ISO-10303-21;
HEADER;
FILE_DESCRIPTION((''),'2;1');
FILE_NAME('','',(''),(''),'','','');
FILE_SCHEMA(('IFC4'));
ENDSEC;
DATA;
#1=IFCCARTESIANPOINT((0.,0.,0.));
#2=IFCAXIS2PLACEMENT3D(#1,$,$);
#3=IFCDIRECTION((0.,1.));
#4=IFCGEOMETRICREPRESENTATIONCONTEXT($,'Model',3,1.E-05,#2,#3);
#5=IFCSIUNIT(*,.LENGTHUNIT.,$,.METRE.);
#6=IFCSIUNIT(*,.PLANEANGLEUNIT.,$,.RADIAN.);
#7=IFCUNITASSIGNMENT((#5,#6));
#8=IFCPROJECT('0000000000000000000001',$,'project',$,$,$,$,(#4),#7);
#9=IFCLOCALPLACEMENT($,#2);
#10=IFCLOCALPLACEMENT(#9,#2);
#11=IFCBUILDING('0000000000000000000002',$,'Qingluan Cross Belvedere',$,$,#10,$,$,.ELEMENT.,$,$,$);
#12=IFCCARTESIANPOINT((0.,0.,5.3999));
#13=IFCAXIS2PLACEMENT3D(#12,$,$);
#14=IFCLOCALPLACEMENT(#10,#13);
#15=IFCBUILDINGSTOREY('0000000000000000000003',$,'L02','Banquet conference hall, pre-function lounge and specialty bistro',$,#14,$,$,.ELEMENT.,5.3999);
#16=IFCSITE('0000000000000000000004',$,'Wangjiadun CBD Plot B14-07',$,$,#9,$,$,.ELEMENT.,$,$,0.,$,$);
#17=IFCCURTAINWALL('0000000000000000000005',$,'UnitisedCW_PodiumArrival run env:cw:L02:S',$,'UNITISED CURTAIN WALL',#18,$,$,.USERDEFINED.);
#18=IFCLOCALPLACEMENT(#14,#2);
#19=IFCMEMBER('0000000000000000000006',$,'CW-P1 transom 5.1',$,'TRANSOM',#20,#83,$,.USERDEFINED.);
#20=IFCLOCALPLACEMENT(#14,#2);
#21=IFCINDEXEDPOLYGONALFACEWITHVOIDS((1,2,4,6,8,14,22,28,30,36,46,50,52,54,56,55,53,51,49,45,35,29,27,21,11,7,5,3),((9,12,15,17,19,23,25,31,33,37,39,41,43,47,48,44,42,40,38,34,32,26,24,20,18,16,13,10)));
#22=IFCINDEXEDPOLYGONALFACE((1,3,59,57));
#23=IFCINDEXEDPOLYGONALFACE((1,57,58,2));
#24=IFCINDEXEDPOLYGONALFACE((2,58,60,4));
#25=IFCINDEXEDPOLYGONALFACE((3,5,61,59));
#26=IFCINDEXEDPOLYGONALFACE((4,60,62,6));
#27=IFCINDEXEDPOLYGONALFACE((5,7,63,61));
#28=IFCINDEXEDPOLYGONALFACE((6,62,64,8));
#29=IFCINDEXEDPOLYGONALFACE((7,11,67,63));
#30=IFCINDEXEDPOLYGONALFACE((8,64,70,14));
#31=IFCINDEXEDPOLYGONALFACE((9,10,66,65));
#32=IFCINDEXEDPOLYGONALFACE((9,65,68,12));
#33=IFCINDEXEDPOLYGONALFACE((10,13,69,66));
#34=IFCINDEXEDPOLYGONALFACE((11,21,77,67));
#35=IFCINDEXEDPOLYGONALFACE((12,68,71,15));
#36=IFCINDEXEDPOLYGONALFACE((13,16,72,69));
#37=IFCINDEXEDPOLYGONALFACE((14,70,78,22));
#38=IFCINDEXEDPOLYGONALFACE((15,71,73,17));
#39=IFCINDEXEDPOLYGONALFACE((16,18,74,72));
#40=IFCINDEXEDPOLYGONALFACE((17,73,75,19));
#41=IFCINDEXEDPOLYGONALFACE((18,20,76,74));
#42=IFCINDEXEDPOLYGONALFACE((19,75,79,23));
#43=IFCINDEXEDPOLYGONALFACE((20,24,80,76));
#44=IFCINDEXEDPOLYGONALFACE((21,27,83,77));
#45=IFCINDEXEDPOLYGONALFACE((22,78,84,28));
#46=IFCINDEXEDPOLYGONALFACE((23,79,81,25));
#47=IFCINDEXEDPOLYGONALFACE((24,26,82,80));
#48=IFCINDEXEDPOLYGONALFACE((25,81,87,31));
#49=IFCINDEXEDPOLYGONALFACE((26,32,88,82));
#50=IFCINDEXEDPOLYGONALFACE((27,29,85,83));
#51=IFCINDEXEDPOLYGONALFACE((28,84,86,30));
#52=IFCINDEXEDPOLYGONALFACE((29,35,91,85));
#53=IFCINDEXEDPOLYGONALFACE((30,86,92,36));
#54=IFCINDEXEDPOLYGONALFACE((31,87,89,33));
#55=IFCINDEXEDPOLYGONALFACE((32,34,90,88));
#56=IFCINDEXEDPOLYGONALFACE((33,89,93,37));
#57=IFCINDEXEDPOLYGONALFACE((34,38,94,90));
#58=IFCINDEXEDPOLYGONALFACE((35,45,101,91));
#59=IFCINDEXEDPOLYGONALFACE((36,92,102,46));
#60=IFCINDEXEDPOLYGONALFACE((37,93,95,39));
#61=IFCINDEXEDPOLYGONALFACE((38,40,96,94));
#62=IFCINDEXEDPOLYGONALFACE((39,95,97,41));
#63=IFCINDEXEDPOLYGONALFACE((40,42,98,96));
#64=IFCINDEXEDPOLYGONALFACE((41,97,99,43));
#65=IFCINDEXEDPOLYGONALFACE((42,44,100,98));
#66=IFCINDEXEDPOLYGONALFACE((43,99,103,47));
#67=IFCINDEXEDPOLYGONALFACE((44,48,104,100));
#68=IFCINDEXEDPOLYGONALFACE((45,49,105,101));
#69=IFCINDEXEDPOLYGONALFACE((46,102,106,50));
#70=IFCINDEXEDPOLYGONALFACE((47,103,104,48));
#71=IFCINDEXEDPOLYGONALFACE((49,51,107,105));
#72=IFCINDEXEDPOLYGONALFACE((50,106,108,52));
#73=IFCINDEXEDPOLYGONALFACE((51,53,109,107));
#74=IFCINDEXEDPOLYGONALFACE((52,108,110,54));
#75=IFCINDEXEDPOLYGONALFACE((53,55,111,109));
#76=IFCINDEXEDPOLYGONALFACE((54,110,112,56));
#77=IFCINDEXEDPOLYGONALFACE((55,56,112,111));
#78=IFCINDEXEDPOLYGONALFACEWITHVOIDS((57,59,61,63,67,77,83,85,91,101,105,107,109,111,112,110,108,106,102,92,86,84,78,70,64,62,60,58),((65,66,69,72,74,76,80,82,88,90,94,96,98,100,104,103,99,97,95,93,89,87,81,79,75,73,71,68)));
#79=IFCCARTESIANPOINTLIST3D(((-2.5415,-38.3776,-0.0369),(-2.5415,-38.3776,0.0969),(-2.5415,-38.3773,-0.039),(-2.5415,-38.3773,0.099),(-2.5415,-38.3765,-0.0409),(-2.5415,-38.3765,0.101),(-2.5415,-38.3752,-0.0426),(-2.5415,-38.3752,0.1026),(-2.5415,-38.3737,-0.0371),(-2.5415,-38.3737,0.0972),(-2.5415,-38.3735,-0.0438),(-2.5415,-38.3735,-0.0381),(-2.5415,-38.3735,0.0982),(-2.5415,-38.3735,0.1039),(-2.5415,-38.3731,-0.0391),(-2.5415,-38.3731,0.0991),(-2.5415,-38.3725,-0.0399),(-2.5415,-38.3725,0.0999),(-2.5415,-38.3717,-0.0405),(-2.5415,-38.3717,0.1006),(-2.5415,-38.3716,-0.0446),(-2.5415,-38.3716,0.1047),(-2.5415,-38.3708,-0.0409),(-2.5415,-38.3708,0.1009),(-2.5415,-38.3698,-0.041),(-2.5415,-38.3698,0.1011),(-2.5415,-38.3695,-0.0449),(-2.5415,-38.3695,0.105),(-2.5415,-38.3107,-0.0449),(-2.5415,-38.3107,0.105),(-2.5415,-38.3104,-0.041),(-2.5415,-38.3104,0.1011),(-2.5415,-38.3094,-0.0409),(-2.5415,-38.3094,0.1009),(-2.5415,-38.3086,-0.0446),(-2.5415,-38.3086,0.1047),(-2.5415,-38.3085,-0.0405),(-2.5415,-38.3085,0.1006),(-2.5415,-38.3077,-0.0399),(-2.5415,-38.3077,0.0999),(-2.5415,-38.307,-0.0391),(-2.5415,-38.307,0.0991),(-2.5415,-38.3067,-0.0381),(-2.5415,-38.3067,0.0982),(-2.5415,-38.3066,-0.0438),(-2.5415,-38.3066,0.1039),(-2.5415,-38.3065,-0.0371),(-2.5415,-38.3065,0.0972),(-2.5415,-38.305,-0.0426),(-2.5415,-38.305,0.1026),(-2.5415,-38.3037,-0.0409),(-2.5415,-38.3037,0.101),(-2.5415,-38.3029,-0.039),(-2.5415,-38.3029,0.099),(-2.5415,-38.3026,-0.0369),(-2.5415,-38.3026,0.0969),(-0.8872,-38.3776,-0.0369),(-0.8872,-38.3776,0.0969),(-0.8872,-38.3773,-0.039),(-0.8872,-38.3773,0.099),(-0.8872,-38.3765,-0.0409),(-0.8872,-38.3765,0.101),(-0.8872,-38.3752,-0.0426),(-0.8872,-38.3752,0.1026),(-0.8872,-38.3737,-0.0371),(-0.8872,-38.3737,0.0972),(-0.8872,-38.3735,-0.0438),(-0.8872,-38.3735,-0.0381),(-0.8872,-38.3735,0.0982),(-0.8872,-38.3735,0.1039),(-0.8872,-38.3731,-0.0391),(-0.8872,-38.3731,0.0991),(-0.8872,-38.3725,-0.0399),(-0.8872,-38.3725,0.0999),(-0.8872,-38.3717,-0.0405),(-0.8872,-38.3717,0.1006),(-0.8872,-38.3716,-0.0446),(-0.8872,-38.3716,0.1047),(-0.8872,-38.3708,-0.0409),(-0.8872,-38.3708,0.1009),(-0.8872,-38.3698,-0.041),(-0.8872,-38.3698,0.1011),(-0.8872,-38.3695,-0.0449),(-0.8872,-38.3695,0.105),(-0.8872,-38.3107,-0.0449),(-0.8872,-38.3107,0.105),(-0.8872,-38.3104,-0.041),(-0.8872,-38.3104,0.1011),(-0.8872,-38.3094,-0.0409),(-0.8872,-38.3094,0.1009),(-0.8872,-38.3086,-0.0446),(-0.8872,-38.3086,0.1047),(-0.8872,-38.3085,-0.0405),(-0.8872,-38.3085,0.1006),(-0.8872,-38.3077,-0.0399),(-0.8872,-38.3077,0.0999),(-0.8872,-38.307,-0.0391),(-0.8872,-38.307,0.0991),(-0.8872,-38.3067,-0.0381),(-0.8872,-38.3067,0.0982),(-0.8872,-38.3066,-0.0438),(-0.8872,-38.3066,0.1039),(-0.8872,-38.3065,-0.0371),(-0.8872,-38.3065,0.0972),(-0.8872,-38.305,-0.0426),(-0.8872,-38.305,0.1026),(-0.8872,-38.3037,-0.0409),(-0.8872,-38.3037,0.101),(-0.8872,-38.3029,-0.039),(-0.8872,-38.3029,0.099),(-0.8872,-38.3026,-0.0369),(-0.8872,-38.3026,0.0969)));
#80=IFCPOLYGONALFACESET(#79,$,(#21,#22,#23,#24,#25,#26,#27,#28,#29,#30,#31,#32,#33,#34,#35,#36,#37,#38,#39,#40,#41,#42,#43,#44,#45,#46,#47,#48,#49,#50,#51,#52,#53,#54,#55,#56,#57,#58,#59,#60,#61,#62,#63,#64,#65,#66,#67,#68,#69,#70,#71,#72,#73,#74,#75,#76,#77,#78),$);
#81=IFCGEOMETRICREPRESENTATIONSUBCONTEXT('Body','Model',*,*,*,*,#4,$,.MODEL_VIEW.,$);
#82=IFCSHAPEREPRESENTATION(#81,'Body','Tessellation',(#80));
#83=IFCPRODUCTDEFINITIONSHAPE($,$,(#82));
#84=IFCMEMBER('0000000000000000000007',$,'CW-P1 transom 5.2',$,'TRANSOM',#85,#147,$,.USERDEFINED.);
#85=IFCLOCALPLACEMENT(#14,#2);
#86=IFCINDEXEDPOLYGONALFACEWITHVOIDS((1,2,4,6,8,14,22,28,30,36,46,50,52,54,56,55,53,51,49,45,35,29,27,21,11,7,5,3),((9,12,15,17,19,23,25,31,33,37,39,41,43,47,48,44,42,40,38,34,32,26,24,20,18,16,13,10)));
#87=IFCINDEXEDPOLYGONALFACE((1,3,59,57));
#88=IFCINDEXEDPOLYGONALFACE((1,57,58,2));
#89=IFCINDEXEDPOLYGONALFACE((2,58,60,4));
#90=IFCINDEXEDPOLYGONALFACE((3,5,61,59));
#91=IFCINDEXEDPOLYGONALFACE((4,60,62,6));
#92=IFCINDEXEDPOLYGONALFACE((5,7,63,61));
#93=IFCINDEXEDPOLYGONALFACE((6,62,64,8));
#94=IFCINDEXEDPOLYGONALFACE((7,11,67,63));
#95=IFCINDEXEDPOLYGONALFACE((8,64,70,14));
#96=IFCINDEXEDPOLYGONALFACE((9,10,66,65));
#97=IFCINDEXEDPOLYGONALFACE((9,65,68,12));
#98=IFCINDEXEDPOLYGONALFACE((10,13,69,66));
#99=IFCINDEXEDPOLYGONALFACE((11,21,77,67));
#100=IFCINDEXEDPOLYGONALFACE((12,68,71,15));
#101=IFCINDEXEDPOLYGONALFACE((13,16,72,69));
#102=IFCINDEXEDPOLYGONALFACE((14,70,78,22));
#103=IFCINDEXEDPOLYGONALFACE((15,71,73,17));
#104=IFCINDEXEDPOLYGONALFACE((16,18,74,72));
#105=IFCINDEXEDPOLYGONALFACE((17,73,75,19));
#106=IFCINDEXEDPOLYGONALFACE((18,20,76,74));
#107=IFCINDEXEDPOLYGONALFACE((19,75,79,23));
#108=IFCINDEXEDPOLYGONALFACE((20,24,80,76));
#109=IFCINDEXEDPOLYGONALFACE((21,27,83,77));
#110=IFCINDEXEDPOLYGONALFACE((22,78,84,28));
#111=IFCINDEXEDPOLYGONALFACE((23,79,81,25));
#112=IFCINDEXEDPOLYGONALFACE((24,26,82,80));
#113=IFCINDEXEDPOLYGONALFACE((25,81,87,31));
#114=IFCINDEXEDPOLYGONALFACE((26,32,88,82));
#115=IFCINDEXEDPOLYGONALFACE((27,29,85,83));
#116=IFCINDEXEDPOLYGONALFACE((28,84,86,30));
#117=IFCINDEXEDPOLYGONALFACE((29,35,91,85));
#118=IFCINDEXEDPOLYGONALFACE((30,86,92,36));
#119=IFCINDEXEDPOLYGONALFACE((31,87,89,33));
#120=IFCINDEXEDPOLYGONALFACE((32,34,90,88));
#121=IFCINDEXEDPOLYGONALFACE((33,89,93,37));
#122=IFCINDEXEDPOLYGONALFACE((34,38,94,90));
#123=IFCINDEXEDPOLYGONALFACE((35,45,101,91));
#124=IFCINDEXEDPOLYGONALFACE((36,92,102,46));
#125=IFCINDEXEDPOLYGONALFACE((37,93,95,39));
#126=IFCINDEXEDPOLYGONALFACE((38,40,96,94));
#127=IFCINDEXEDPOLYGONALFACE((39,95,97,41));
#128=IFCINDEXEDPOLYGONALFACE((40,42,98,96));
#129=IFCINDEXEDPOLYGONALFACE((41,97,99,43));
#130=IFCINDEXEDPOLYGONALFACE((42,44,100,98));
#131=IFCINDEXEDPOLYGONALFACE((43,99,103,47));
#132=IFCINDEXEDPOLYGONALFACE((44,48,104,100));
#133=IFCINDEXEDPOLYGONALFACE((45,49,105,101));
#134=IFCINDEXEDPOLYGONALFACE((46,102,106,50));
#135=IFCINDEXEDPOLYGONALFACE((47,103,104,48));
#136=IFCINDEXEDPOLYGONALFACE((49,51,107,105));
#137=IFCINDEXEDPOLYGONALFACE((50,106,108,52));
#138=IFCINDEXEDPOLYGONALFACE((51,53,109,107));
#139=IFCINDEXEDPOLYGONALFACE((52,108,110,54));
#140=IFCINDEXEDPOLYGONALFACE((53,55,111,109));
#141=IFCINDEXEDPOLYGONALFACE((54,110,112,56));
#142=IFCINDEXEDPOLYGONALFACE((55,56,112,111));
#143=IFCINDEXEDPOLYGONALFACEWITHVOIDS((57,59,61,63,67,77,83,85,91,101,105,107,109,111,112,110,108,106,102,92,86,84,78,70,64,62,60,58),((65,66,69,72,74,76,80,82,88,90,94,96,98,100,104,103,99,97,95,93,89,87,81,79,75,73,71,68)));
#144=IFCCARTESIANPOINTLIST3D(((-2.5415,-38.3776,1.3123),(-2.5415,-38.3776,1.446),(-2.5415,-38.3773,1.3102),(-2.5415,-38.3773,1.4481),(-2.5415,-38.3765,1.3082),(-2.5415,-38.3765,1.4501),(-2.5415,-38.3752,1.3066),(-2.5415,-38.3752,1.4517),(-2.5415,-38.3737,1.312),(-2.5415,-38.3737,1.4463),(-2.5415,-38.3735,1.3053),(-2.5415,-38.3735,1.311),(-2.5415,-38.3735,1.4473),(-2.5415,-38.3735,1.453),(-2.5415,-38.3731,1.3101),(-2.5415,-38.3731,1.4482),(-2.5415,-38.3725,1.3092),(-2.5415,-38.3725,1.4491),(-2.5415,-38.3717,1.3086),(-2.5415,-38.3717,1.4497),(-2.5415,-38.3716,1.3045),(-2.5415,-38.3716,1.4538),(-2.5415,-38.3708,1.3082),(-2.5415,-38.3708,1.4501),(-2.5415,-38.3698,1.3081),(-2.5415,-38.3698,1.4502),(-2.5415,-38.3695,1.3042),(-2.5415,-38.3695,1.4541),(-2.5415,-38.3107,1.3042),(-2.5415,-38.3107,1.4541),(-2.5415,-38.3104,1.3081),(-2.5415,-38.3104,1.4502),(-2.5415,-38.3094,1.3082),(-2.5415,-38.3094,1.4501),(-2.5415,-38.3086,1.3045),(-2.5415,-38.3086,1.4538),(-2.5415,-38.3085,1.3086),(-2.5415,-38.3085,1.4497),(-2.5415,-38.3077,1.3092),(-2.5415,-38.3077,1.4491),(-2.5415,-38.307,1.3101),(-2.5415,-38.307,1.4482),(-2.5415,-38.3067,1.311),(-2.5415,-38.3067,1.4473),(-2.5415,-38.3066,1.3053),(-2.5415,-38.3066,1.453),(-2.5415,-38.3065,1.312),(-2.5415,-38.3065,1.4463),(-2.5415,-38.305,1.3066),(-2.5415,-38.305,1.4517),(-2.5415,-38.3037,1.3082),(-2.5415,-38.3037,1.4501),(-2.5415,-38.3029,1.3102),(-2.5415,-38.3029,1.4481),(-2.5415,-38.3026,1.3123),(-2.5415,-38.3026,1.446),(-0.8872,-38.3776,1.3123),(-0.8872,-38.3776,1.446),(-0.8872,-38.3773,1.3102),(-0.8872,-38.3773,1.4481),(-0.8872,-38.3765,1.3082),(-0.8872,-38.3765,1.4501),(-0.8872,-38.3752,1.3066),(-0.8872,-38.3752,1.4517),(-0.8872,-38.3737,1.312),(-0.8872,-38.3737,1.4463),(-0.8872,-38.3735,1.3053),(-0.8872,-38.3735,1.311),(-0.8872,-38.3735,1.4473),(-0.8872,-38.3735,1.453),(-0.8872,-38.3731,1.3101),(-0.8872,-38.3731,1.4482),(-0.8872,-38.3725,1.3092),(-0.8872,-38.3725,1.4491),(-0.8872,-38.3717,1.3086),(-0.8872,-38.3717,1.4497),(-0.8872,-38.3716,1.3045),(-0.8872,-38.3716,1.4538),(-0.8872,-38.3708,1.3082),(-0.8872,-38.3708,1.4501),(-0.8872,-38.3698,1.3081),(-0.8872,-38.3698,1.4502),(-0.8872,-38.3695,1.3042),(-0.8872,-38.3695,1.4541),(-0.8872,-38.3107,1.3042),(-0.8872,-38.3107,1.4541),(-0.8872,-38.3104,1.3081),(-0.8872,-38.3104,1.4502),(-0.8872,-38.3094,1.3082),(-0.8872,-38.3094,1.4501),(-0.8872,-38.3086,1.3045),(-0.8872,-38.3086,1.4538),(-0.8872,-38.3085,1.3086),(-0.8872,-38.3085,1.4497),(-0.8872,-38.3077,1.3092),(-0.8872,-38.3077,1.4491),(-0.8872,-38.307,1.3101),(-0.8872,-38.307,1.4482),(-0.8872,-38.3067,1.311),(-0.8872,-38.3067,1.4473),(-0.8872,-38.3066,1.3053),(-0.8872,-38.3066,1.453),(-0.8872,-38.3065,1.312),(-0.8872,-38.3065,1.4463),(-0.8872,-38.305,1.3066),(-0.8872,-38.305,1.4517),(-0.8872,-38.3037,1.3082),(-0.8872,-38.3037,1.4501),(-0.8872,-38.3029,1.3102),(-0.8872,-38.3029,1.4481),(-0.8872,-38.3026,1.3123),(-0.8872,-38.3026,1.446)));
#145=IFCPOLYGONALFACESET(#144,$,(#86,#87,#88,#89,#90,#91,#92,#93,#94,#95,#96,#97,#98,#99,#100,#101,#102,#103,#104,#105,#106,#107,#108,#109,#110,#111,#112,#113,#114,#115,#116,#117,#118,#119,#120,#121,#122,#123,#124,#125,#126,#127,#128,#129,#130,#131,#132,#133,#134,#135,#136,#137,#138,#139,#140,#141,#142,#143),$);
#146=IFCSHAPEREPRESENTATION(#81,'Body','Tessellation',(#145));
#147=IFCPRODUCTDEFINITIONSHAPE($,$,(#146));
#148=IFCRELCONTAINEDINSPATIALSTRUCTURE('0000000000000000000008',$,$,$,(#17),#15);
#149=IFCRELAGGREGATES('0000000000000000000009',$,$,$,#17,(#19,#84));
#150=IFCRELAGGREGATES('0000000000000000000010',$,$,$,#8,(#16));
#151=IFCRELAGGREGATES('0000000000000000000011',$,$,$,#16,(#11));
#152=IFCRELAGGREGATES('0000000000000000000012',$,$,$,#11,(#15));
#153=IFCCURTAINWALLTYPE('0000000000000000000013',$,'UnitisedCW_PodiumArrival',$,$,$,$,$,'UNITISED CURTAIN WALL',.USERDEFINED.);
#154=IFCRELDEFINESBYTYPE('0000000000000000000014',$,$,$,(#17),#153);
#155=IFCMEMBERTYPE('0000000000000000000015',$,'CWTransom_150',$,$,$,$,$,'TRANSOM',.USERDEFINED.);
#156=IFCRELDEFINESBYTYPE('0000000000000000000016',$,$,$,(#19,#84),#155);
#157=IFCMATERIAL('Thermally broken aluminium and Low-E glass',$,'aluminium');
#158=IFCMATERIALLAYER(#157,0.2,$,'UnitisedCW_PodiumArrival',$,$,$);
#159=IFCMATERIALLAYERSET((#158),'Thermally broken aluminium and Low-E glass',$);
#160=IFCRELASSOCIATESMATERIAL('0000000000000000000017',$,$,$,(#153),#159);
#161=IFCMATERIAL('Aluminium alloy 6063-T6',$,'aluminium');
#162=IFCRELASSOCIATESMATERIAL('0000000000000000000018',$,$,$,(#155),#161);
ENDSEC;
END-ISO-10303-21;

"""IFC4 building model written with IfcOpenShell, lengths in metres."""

from ifc_helpers import new_model, si_unit, direction, frame, origin, origin_2d, place, context, subcontext, project, spatial, hollow_rectangle, extrude, material, layer, layer_set, material_profile, profile_set, type_object, element, aggregate, save


model = new_model("IFC4")

# Units and contexts
model_context = context("Model", 3, precision=1e-05, world=origin(), true_north=direction((0.0, 1.0)))
body_context = subcontext(model_context, "Body", "Model", "MODEL_VIEW")
ifc_project = project(units=[si_unit("LENGTHUNIT", "METRE"), si_unit("PLANEANGLEUNIT", "RADIAN")], contexts=[model_context])

# Site, building, storey
site_placement = place(None, origin())
site = spatial("IfcSite", under=ifc_project, at=site_placement, Name="Wangjiadun CBD Plot B14-07", CompositionType="ELEMENT", RefElevation=0.0)
building_placement = place(site_placement, origin())
building = spatial("IfcBuilding", under=site, at=building_placement, Name="Qingluan Cross Belvedere", CompositionType="ELEMENT")
storey_placement = place(building_placement, frame((0.0, 0.0, 5.3999)))
storey = spatial("IfcBuildingStorey", under=building, at=storey_placement, Name="L02", Description="Banquet conference hall, pre-function lounge and specialty bistro", CompositionType="ELEMENT", Elevation=5.3999)

# Curtain wall, members
ifc_material_1 = material(Name="Thermally broken aluminium and Low-E glass", Category="aluminium")
ifc_layer_1 = layer(ifc_material_1, 0.2, Name="UnitisedCW_PodiumArrival")
ifc_layer_set_1 = layer_set([ifc_layer_1], Name="Thermally broken aluminium and Low-E glass")
curtain_wall_type = type_object("IfcCurtainWallType", Name="UnitisedCW_PodiumArrival", ElementType="UNITISED CURTAIN WALL", PredefinedType="USERDEFINED", material=ifc_layer_set_1)
curtain_wall_placement = place(storey_placement, origin())
curtain_wall = element("IfcCurtainWall", 1, at=curtain_wall_placement, inside=storey, type_object=curtain_wall_type, Name="UnitisedCW_PodiumArrival run env:cw:L02:S", ObjectType="UNITISED CURTAIN WALL", PredefinedType="USERDEFINED")
ifc_material_2 = material(Name="Aluminium alloy 6063-T6", Category="aluminium")
ifc_material_profile_1 = material_profile(ifc_material_2, hollow_rectangle(XDim=0.075, YDim=0.1499, WallThickness=0.0039, InnerFilletRadius=0.0039, OuterFilletRadius=0.0081, at=origin_2d()), Name="CWT150x75x4")
ifc_profile_set_1 = profile_set([ifc_material_profile_1], Name="Aluminium alloy 6063-T6")
member_type_1 = type_object("IfcMemberType", Name="CWTransom_150", ElementType="TRANSOM", PredefinedType="USERDEFINED", material=ifc_profile_set_1)
member_1_placement = place(storey_placement, frame((-0.8872, -38.3401, 0.03), z_axis=(-1.0, 0.0, 0.0), x_axis=(0.0, -1.0, 0.0)))
member_1 = element("IfcMember", 2, at=member_1_placement, type_object=member_type_1, Name="CW-P1 transom 5.1", ObjectType="TRANSOM", PredefinedType="USERDEFINED", context=body_context, shape_type="SweptSolid", body=[
    extrude(hollow_rectangle(XDim=0.075, YDim=0.1499, WallThickness=0.0039, InnerFilletRadius=0.0039, OuterFilletRadius=0.0081, at=origin_2d()), origin(), (0.0, 0.0, 1.0), 1.6543),
])
member_2_placement = place(storey_placement, frame((-0.8872, -38.3401, 1.3792), z_axis=(-1.0, 0.0, 0.0), x_axis=(0.0, -1.0, 0.0)))
member_2 = element("IfcMember", 3, at=member_2_placement, type_object=member_type_1, Name="CW-P1 transom 5.2", ObjectType="TRANSOM", PredefinedType="USERDEFINED", context=body_context, shape_type="SweptSolid", body=[
    extrude(hollow_rectangle(XDim=0.075, YDim=0.1499, WallThickness=0.0039, InnerFilletRadius=0.0039, OuterFilletRadius=0.0081, at=origin_2d()), origin(), (0.0, 0.0, 1.0), 1.6543),
])

aggregate(curtain_wall, [member_1, member_2])

save(model, "model.ifc")
